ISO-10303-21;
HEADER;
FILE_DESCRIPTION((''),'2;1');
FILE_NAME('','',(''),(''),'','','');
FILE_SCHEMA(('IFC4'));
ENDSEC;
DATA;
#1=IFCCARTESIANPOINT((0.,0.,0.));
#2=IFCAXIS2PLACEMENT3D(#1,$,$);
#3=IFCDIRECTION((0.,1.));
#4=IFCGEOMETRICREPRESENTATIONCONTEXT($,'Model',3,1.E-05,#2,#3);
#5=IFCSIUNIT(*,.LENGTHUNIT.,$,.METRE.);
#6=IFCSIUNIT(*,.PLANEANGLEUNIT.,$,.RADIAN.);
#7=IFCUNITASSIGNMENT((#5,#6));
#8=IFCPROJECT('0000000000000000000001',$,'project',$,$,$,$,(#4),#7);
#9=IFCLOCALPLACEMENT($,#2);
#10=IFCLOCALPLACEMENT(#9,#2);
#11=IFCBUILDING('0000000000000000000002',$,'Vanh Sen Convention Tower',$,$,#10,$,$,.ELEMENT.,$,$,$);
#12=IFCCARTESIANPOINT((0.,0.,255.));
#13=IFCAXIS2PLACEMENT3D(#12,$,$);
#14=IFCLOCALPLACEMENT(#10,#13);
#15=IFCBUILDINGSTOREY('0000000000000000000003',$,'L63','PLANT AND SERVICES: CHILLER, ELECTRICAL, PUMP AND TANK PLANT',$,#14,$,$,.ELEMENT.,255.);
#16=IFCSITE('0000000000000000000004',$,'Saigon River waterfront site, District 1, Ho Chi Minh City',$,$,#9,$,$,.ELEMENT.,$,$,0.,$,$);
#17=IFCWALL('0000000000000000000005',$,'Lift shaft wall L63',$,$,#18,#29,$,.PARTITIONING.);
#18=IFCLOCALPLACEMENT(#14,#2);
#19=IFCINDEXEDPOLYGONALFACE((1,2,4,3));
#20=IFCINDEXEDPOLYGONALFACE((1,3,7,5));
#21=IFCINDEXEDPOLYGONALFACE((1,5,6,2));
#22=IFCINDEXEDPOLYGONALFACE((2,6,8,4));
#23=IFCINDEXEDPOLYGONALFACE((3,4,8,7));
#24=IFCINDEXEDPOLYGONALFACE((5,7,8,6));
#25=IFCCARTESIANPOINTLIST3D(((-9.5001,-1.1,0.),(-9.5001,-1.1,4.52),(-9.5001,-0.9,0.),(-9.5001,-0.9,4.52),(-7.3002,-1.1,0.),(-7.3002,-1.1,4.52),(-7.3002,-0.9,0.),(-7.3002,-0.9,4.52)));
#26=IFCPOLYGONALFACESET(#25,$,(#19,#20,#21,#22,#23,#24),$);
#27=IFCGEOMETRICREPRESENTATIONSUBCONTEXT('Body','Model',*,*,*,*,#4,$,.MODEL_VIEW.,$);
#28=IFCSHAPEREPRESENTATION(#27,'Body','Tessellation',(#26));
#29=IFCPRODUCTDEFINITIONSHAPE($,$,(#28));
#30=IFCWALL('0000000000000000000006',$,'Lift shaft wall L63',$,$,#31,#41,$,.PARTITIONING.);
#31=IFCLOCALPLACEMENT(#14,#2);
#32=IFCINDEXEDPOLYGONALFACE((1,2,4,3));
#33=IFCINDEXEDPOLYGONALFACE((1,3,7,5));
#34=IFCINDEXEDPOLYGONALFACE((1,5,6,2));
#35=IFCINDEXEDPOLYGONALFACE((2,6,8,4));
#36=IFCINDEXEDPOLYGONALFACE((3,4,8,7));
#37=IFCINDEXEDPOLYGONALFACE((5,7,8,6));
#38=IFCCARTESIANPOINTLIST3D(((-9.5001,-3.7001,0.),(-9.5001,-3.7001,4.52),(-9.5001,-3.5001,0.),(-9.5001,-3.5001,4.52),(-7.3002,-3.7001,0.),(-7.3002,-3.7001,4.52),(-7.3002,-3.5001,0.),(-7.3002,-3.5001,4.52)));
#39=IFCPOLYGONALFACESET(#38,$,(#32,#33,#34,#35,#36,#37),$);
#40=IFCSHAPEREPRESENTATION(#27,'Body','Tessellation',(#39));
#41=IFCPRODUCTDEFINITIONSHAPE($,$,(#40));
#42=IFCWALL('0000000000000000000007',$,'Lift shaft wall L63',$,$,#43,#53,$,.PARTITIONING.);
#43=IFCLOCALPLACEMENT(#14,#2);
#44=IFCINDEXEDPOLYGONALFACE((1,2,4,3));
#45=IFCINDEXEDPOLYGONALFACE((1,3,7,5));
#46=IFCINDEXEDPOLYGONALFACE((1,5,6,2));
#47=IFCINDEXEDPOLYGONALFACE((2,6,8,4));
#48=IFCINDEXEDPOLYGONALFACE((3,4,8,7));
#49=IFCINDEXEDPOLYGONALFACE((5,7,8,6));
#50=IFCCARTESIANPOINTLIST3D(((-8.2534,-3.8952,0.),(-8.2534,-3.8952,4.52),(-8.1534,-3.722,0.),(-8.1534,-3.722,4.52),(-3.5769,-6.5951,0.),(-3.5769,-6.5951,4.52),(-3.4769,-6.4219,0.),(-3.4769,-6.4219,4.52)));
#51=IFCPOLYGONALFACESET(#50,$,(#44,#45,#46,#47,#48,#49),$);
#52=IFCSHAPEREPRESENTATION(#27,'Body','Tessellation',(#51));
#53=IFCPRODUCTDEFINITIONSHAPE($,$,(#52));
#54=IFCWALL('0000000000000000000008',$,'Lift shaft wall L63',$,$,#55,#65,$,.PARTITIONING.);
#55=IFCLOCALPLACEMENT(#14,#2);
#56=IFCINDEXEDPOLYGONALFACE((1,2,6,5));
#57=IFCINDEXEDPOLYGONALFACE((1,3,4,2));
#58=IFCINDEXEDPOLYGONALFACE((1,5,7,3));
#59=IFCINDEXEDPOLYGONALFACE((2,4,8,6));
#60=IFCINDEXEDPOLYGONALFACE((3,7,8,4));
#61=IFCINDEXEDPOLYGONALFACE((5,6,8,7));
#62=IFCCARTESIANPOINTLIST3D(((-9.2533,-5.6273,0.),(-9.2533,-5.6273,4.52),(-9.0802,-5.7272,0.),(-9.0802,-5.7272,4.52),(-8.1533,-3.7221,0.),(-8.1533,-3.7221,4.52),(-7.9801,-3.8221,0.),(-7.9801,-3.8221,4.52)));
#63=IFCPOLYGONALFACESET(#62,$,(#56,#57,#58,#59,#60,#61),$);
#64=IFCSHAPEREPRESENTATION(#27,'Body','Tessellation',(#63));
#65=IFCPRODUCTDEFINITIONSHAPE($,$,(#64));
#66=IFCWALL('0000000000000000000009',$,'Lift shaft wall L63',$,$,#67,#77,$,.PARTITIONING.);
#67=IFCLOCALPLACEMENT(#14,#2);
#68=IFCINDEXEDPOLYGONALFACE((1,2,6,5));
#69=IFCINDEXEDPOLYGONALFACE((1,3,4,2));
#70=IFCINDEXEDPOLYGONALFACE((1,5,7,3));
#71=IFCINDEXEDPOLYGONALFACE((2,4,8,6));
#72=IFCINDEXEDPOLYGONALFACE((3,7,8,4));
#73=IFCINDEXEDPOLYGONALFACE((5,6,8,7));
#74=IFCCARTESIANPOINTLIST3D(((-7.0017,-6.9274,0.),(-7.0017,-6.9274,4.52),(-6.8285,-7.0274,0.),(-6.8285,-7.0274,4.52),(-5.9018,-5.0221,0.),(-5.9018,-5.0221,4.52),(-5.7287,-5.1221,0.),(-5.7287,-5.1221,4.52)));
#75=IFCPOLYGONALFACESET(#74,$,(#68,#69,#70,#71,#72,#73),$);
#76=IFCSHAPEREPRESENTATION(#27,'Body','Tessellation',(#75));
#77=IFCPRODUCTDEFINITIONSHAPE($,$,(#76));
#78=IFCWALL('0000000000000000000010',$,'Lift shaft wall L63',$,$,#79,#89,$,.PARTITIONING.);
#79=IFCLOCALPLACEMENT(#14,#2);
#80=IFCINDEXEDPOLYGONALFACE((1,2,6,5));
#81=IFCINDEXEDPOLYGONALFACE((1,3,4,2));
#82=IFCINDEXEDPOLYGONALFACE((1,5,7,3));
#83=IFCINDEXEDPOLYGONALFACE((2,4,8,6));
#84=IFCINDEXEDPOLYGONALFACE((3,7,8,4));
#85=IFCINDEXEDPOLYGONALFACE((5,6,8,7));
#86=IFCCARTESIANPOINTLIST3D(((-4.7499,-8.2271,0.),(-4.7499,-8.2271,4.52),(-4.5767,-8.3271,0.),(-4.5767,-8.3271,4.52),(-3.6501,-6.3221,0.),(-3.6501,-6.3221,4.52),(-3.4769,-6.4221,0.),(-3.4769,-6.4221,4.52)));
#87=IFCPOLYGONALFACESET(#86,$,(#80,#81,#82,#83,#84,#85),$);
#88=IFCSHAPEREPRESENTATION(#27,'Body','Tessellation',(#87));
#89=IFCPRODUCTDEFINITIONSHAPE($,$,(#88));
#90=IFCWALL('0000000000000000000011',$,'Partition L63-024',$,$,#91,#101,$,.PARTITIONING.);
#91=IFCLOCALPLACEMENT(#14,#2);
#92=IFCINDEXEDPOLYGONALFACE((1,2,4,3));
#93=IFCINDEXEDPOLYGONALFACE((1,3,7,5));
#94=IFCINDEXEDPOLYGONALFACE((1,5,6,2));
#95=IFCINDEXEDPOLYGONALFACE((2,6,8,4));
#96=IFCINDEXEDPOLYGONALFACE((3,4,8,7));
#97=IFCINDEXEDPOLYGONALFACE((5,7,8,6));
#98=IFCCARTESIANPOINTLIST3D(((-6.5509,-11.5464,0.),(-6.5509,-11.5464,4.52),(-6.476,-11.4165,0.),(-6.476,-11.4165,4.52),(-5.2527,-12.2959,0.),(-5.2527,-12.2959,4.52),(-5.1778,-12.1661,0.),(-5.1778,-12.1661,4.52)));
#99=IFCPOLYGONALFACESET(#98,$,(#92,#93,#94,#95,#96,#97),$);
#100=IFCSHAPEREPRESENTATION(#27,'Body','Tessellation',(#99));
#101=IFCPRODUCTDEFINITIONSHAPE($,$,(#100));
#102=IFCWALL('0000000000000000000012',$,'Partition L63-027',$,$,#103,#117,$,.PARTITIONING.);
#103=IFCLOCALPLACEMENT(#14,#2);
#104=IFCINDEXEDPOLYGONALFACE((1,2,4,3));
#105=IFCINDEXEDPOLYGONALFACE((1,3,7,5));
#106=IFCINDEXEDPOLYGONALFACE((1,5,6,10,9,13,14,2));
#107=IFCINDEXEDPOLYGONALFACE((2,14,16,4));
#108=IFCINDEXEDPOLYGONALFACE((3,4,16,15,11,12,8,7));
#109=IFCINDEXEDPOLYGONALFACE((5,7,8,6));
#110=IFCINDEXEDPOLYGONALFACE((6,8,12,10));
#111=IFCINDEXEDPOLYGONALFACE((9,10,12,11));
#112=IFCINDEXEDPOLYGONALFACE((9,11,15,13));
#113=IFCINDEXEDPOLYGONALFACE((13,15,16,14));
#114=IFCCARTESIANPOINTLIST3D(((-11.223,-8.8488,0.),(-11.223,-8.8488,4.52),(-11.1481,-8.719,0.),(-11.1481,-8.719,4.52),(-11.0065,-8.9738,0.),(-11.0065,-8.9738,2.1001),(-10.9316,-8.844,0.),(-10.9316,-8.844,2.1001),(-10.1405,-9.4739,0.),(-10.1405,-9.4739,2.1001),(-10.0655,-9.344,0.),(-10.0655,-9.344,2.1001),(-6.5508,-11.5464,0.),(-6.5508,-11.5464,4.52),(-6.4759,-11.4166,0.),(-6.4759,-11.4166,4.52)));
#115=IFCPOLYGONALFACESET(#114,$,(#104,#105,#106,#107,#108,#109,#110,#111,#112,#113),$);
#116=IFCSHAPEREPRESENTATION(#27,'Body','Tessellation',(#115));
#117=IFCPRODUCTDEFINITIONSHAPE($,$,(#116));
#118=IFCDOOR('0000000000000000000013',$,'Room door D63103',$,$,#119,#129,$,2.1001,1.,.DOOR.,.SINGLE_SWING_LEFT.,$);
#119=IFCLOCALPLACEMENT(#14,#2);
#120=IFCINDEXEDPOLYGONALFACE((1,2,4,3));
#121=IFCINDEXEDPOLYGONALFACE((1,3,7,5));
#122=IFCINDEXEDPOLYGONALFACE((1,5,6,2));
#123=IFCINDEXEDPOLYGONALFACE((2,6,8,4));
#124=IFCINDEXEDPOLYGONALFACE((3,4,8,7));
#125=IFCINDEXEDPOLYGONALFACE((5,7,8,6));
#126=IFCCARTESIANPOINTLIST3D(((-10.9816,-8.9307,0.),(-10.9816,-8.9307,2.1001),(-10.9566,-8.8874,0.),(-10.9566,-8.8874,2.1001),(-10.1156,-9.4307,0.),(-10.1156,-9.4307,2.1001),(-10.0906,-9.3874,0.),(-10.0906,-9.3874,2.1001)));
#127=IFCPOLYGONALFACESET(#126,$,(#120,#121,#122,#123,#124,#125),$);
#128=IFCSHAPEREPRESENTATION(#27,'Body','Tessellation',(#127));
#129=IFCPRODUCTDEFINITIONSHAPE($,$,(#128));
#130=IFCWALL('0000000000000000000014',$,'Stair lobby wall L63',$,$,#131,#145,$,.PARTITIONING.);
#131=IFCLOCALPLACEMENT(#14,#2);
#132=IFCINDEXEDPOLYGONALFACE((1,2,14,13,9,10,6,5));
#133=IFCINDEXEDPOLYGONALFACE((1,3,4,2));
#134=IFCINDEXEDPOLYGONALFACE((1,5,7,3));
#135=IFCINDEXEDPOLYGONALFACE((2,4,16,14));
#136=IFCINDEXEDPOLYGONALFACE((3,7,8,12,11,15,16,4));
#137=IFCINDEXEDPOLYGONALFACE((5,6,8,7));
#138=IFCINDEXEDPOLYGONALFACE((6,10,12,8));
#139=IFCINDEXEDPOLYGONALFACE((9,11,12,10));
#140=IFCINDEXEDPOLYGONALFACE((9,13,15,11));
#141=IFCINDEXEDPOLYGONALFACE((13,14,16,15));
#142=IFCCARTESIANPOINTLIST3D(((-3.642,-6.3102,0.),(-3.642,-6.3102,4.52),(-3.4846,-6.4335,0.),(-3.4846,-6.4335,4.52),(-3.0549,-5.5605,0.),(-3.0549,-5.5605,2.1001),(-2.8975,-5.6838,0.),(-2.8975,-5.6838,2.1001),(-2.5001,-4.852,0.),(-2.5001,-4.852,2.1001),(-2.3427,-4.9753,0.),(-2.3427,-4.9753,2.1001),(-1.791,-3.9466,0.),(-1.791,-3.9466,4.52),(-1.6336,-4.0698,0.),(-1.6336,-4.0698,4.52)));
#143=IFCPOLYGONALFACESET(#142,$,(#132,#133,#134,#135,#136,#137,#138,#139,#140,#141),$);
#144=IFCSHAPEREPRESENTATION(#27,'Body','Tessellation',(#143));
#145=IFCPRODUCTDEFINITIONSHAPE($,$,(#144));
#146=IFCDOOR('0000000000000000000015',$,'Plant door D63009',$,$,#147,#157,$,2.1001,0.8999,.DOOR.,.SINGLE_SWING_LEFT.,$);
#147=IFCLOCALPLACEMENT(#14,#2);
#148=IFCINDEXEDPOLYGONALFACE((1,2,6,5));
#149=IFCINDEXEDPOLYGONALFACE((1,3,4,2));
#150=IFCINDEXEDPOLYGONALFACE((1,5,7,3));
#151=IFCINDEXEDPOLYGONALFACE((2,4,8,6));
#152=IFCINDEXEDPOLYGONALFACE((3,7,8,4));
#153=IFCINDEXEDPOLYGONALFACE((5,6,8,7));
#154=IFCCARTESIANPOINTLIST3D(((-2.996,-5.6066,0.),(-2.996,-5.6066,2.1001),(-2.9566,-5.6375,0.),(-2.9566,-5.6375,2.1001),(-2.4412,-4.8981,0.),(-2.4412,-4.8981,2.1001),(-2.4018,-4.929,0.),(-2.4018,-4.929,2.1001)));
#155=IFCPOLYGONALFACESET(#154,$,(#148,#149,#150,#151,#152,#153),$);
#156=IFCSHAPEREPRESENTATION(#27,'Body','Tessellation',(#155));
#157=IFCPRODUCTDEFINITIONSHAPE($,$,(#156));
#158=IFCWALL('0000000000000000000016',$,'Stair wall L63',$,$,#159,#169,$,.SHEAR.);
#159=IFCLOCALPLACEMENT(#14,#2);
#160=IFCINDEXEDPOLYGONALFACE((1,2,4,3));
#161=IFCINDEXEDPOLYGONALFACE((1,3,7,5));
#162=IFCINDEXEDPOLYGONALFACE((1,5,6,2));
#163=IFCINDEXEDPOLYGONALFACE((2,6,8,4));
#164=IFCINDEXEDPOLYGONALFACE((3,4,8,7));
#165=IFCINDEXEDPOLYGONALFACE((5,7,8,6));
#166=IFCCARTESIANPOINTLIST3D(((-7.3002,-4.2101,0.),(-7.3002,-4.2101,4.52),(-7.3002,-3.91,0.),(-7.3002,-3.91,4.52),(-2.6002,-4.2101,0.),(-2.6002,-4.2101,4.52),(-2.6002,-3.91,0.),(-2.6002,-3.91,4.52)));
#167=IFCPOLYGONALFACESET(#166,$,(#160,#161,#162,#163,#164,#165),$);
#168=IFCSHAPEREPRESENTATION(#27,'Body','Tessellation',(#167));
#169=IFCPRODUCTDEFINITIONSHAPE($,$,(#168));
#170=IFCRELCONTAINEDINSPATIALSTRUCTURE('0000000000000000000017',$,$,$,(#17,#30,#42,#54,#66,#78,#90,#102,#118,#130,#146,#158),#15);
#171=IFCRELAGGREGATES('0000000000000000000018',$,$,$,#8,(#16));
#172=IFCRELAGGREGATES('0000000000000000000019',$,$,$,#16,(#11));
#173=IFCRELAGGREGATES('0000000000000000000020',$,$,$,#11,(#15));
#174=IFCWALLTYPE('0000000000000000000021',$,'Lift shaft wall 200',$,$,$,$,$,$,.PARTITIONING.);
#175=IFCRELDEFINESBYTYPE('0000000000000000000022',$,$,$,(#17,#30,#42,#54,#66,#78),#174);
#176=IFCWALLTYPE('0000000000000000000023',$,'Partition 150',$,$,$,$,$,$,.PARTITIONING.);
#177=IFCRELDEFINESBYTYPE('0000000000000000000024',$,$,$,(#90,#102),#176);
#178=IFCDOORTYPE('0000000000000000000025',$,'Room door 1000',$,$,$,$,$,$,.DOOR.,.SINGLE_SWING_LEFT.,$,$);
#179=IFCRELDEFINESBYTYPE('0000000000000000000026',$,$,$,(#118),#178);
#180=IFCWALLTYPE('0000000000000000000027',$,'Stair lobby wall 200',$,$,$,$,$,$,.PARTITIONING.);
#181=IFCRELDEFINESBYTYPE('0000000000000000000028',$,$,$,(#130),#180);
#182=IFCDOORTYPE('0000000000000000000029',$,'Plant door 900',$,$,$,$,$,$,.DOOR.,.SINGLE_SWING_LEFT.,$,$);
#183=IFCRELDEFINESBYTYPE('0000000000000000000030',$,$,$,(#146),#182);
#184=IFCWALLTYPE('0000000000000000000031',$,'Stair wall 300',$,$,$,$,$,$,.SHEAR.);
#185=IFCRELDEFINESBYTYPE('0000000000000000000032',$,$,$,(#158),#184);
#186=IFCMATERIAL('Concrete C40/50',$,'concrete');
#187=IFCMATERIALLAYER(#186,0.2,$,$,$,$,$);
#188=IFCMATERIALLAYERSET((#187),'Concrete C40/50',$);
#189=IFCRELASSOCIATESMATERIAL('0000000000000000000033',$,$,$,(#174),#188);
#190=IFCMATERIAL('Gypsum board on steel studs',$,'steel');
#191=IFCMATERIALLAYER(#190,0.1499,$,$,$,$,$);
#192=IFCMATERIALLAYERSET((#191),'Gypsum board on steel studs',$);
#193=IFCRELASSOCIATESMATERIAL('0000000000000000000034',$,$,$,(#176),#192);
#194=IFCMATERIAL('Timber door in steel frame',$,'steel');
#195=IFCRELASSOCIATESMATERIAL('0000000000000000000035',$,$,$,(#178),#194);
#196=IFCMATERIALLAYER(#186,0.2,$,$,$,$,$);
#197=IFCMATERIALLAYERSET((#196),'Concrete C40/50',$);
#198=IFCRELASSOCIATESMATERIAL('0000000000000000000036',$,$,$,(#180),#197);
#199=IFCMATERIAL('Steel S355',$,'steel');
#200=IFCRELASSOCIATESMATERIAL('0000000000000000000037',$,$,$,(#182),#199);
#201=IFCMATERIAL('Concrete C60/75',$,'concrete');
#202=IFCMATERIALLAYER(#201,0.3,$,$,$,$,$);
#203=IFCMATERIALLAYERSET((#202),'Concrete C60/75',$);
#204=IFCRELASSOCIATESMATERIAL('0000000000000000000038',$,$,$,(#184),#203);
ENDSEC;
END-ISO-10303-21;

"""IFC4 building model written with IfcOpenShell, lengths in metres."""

from ifc_helpers import new_model, si_unit, direction, frame, frame_2d, origin, place, context, subcontext, project, spatial, rectangle, extrude, material, layer, layer_set, type_object, element, fill, save


model = new_model("IFC4")

# Units and contexts
model_context = context("Model", 3, precision=1e-05, world=origin(), true_north=direction((0.0, 1.0)))
body_context = subcontext(model_context, "Body", "Model", "MODEL_VIEW")
ifc_project = project(units=[si_unit("LENGTHUNIT", "METRE"), si_unit("PLANEANGLEUNIT", "RADIAN")], contexts=[model_context])

# Site, building, storey
site_placement = place(None, origin())
site = spatial("IfcSite", under=ifc_project, at=site_placement, Name="Saigon River waterfront site, District 1, Ho Chi Minh City", CompositionType="ELEMENT", RefElevation=0.0)
building_placement = place(site_placement, origin())
building = spatial("IfcBuilding", under=site, at=building_placement, Name="Vanh Sen Convention Tower", CompositionType="ELEMENT")
storey_placement = place(building_placement, frame((0.0, 0.0, 255.0)))
storey = spatial("IfcBuildingStorey", under=building, at=storey_placement, Name="L63", Description="PLANT AND SERVICES: CHILLER, ELECTRICAL, PUMP AND TANK PLANT", CompositionType="ELEMENT", Elevation=255.0)

# Shared definitions
ifc_material_1 = material(Name="Concrete C40/50", Category="concrete")

# Shared definitions
ifc_material_2 = material(Name="Concrete C60/75", Category="concrete")
ifc_material_3 = material(Name="Steel S355", Category="steel")

# Walls
ifc_layer_1 = layer(ifc_material_1, 0.2)
ifc_layer_set_1 = layer_set([ifc_layer_1], Name="Concrete C40/50")
wall_type_1 = type_object("IfcWallType", Name="Lift shaft wall 200", PredefinedType="PARTITIONING", material=ifc_layer_set_1)
for number, where, z_axis, x_axis, name in (
    (1, (-7.3, -1.0, 0.0), (0.0, 0.0, 1.0), (-1.0, 0.0, 0.0), "Lift shaft wall L63"),
    (2, (-7.3, -3.6001, 0.0), (0.0, 0.0, 1.0), (-1.0, 0.0, 0.0), "Lift shaft wall L63"),
):
    element("IfcWall", number, at=place(storey_placement, frame(where, z_axis=z_axis, x_axis=x_axis)), inside=storey, type_object=wall_type_1, Name=name, PredefinedType="PARTITIONING", context=body_context, shape_type="SweptSolid", body=[
        extrude(rectangle(XDim=2.2, YDim=0.2, at=frame_2d((1.1001, 0.0))), origin(), (0.0, 0.0, 1.0), 4.52),
    ])
wall_1_placement = place(storey_placement, frame((-8.2034, -3.8086, 0.0), z_axis=(0.0, 0.0, 1.0), x_axis=(0.866028, -0.499995, 0.0)))
element("IfcWall", 3, at=wall_1_placement, inside=storey, type_object=wall_type_1, Name="Lift shaft wall L63", PredefinedType="PARTITIONING", context=body_context, shape_type="SweptSolid", body=[
    extrude(rectangle(XDim=5.3999, YDim=0.2, at=frame_2d((2.7, 0.0))), origin(), (0.0, 0.0, 1.0), 4.52),
])
for number, where, z_axis, x_axis, name in (
    (4, (-8.0667, -3.772, 0.0), (0.0, 0.0, 1.0), (-0.50003, -0.866008, 0.0), "Lift shaft wall L63"),
    (5, (-5.8152, -5.072, 0.0), (0.0, 0.0, 1.0), (-0.499947, -0.866056, 0.0), "Lift shaft wall L63"),
):
    element("IfcWall", number, at=place(storey_placement, frame(where, z_axis=z_axis, x_axis=x_axis)), inside=storey, type_object=wall_type_1, Name=name, PredefinedType="PARTITIONING", context=body_context, shape_type="SweptSolid", body=[
        extrude(rectangle(XDim=2.2, YDim=0.2, at=frame_2d((1.1001, 0.0))), origin(), (0.0, 0.0, 1.0), 4.52),
    ])
wall_2_placement = place(storey_placement, frame((-3.5635, -6.3721, 0.0), z_axis=(0.0, 0.0, 1.0), x_axis=(-0.499995, -0.866028, 0.0)))
element("IfcWall", 6, at=wall_2_placement, inside=storey, type_object=wall_type_1, Name="Lift shaft wall L63", PredefinedType="PARTITIONING", context=body_context, shape_type="SweptSolid", body=[
    extrude(rectangle(XDim=2.1997, YDim=0.2, at=frame_2d((1.0999, 0.0))), origin(), (0.0, 0.0, 1.0), 4.52),
])
ifc_material_4 = material(Name="Gypsum board on steel studs", Category="steel")
ifc_layer_2 = layer(ifc_material_4, 0.1499)
ifc_layer_set_2 = layer_set([ifc_layer_2], Name="Gypsum board on steel studs")
wall_type_2 = type_object("IfcWallType", Name="Partition 150", PredefinedType="PARTITIONING", material=ifc_layer_set_2)
wall_3_placement = place(storey_placement, frame((-6.5134, -11.4814, 0.0), z_axis=(0.0, 0.0, 1.0), x_axis=(0.866009, -0.500028, 0.0)))
element("IfcWall", 7, at=wall_3_placement, inside=storey, type_object=wall_type_2, Name="Partition L63-024", PredefinedType="PARTITIONING", context=body_context, shape_type="SweptSolid", body=[
    extrude(rectangle(XDim=1.499, YDim=0.1499, at=frame_2d((0.7495, 0.0))), origin(), (0.0, 0.0, 1.0), 4.52),
])

# Walls, openings, doors
wall_4_placement = place(storey_placement, frame((-11.1855, -8.7839, 0.0), z_axis=(0.0, 0.0, 1.0), x_axis=(0.866021, -0.500008, 0.0)))
wall_4 = element("IfcWall", 8, at=wall_4_placement, inside=storey, type_object=wall_type_2, Name="Partition L63-027", PredefinedType="PARTITIONING", context=body_context, shape_type="SweptSolid", body=[
    extrude(rectangle(XDim=5.395, YDim=0.1499, at=frame_2d((2.6975, 0.0))), origin(), (0.0, 0.0, 1.0), 4.52),
])
opening_1_placement = place(wall_4_placement, frame((0.25, 0.0, 0.0)))
opening_1 = element("IfcOpeningElement", 9, at=opening_1_placement, cuts=wall_4, PredefinedType="OPENING", context=body_context, shape_type="SweptSolid", body=[
    extrude(rectangle(XDim=1.0, YDim=2.1001, at=frame_2d((0.5, 1.05))), frame((0.0, 0.085, 0.0), z_axis=(0.0, -1.0, 0.0), x_axis=(1.0, 0.0, 0.0)), (0.0, 0.0, 1.0), 0.1699),
])
ifc_material_5 = material(Name="Timber door in steel frame", Category="steel")
door_type_1 = type_object("IfcDoorType", Name="Room door 1000", OperationType="SINGLE_SWING_LEFT", PredefinedType="DOOR", material=ifc_material_5)
door_1_placement = place(opening_1_placement, origin())
door_1 = element("IfcDoor", 10, at=door_1_placement, inside=storey, type_object=door_type_1, Name="Room door D63103", OperationType="SINGLE_SWING_LEFT", OverallHeight=2.1001, OverallWidth=1.0, PredefinedType="DOOR", context=body_context, shape_type="SweptSolid", body=[
    extrude(rectangle(XDim=1.0, YDim=2.1001, at=frame_2d((0.5, 1.05))), frame((0.0, 0.0249, 0.0), z_axis=(0.0, -1.0, 0.0), x_axis=(1.0, 0.0, 0.0)), (0.0, 0.0, 1.0), 0.05),
])
fill(opening_1, door_1)
ifc_layer_3 = layer(ifc_material_1, 0.2)
ifc_layer_set_3 = layer_set([ifc_layer_3], Name="Concrete C40/50")
wall_type_3 = type_object("IfcWallType", Name="Stair lobby wall 200", PredefinedType="PARTITIONING", material=ifc_layer_set_3)
wall_5_placement = place(storey_placement, frame((-1.7124, -4.0083, 0.0), z_axis=(0.0, 0.0, 1.0), x_axis=(-0.616549, -0.787316, 0.0)))
wall_5 = element("IfcWall", 11, at=wall_5_placement, inside=storey, type_object=wall_type_3, Name="Stair lobby wall L63", PredefinedType="PARTITIONING", context=body_context, shape_type="SweptSolid", body=[
    extrude(rectangle(XDim=3.0022, YDim=0.2, at=frame_2d((1.501, 0.0))), origin(), (0.0, 0.0, 1.0), 4.52),
])
opening_2_placement = place(wall_5_placement, frame((1.1499, 0.0, 0.0)))
opening_2 = element("IfcOpeningElement", 12, at=opening_2_placement, cuts=wall_5, PredefinedType="OPENING", context=body_context, shape_type="SweptSolid", body=[
    extrude(rectangle(XDim=0.8999, YDim=2.1001, at=frame_2d((0.45, 1.05))), frame((0.0, 0.1099, 0.0), z_axis=(0.0, -1.0, 0.0), x_axis=(1.0, 0.0, 0.0)), (0.0, 0.0, 1.0), 0.22),
])
door_type_2 = type_object("IfcDoorType", Name="Plant door 900", OperationType="SINGLE_SWING_LEFT", PredefinedType="DOOR", material=ifc_material_3)
door_2_placement = place(opening_2_placement, origin())
door_2 = element("IfcDoor", 13, at=door_2_placement, inside=storey, type_object=door_type_2, Name="Plant door D63009", OperationType="SINGLE_SWING_LEFT", OverallHeight=2.1001, OverallWidth=0.8999, PredefinedType="DOOR", context=body_context, shape_type="SweptSolid", body=[
    extrude(rectangle(XDim=0.8999, YDim=2.1001, at=frame_2d((0.45, 1.05))), frame((0.0, 0.0249, 0.0), z_axis=(0.0, -1.0, 0.0), x_axis=(1.0, 0.0, 0.0)), (0.0, 0.0, 1.0), 0.05),
])
fill(opening_2, door_2)

# Wall
ifc_layer_4 = layer(ifc_material_2, 0.3)
ifc_layer_set_4 = layer_set([ifc_layer_4], Name="Concrete C60/75")
wall_type_4 = type_object("IfcWallType", Name="Stair wall 300", PredefinedType="SHEAR", material=ifc_layer_set_4)
wall_6_placement = place(storey_placement, frame((-2.6001, -4.0601, 0.0), z_axis=(0.0, 0.0, 1.0), x_axis=(-1.0, 0.0, 0.0)))
element("IfcWall", 14, at=wall_6_placement, inside=storey, type_object=wall_type_4, Name="Stair wall L63", PredefinedType="SHEAR", context=body_context, shape_type="SweptSolid", body=[
    extrude(rectangle(XDim=4.7, YDim=0.3, at=frame_2d((2.3501, 0.0))), origin(), (0.0, 0.0, 1.0), 4.52),
])

save(model, "model.ifc")
